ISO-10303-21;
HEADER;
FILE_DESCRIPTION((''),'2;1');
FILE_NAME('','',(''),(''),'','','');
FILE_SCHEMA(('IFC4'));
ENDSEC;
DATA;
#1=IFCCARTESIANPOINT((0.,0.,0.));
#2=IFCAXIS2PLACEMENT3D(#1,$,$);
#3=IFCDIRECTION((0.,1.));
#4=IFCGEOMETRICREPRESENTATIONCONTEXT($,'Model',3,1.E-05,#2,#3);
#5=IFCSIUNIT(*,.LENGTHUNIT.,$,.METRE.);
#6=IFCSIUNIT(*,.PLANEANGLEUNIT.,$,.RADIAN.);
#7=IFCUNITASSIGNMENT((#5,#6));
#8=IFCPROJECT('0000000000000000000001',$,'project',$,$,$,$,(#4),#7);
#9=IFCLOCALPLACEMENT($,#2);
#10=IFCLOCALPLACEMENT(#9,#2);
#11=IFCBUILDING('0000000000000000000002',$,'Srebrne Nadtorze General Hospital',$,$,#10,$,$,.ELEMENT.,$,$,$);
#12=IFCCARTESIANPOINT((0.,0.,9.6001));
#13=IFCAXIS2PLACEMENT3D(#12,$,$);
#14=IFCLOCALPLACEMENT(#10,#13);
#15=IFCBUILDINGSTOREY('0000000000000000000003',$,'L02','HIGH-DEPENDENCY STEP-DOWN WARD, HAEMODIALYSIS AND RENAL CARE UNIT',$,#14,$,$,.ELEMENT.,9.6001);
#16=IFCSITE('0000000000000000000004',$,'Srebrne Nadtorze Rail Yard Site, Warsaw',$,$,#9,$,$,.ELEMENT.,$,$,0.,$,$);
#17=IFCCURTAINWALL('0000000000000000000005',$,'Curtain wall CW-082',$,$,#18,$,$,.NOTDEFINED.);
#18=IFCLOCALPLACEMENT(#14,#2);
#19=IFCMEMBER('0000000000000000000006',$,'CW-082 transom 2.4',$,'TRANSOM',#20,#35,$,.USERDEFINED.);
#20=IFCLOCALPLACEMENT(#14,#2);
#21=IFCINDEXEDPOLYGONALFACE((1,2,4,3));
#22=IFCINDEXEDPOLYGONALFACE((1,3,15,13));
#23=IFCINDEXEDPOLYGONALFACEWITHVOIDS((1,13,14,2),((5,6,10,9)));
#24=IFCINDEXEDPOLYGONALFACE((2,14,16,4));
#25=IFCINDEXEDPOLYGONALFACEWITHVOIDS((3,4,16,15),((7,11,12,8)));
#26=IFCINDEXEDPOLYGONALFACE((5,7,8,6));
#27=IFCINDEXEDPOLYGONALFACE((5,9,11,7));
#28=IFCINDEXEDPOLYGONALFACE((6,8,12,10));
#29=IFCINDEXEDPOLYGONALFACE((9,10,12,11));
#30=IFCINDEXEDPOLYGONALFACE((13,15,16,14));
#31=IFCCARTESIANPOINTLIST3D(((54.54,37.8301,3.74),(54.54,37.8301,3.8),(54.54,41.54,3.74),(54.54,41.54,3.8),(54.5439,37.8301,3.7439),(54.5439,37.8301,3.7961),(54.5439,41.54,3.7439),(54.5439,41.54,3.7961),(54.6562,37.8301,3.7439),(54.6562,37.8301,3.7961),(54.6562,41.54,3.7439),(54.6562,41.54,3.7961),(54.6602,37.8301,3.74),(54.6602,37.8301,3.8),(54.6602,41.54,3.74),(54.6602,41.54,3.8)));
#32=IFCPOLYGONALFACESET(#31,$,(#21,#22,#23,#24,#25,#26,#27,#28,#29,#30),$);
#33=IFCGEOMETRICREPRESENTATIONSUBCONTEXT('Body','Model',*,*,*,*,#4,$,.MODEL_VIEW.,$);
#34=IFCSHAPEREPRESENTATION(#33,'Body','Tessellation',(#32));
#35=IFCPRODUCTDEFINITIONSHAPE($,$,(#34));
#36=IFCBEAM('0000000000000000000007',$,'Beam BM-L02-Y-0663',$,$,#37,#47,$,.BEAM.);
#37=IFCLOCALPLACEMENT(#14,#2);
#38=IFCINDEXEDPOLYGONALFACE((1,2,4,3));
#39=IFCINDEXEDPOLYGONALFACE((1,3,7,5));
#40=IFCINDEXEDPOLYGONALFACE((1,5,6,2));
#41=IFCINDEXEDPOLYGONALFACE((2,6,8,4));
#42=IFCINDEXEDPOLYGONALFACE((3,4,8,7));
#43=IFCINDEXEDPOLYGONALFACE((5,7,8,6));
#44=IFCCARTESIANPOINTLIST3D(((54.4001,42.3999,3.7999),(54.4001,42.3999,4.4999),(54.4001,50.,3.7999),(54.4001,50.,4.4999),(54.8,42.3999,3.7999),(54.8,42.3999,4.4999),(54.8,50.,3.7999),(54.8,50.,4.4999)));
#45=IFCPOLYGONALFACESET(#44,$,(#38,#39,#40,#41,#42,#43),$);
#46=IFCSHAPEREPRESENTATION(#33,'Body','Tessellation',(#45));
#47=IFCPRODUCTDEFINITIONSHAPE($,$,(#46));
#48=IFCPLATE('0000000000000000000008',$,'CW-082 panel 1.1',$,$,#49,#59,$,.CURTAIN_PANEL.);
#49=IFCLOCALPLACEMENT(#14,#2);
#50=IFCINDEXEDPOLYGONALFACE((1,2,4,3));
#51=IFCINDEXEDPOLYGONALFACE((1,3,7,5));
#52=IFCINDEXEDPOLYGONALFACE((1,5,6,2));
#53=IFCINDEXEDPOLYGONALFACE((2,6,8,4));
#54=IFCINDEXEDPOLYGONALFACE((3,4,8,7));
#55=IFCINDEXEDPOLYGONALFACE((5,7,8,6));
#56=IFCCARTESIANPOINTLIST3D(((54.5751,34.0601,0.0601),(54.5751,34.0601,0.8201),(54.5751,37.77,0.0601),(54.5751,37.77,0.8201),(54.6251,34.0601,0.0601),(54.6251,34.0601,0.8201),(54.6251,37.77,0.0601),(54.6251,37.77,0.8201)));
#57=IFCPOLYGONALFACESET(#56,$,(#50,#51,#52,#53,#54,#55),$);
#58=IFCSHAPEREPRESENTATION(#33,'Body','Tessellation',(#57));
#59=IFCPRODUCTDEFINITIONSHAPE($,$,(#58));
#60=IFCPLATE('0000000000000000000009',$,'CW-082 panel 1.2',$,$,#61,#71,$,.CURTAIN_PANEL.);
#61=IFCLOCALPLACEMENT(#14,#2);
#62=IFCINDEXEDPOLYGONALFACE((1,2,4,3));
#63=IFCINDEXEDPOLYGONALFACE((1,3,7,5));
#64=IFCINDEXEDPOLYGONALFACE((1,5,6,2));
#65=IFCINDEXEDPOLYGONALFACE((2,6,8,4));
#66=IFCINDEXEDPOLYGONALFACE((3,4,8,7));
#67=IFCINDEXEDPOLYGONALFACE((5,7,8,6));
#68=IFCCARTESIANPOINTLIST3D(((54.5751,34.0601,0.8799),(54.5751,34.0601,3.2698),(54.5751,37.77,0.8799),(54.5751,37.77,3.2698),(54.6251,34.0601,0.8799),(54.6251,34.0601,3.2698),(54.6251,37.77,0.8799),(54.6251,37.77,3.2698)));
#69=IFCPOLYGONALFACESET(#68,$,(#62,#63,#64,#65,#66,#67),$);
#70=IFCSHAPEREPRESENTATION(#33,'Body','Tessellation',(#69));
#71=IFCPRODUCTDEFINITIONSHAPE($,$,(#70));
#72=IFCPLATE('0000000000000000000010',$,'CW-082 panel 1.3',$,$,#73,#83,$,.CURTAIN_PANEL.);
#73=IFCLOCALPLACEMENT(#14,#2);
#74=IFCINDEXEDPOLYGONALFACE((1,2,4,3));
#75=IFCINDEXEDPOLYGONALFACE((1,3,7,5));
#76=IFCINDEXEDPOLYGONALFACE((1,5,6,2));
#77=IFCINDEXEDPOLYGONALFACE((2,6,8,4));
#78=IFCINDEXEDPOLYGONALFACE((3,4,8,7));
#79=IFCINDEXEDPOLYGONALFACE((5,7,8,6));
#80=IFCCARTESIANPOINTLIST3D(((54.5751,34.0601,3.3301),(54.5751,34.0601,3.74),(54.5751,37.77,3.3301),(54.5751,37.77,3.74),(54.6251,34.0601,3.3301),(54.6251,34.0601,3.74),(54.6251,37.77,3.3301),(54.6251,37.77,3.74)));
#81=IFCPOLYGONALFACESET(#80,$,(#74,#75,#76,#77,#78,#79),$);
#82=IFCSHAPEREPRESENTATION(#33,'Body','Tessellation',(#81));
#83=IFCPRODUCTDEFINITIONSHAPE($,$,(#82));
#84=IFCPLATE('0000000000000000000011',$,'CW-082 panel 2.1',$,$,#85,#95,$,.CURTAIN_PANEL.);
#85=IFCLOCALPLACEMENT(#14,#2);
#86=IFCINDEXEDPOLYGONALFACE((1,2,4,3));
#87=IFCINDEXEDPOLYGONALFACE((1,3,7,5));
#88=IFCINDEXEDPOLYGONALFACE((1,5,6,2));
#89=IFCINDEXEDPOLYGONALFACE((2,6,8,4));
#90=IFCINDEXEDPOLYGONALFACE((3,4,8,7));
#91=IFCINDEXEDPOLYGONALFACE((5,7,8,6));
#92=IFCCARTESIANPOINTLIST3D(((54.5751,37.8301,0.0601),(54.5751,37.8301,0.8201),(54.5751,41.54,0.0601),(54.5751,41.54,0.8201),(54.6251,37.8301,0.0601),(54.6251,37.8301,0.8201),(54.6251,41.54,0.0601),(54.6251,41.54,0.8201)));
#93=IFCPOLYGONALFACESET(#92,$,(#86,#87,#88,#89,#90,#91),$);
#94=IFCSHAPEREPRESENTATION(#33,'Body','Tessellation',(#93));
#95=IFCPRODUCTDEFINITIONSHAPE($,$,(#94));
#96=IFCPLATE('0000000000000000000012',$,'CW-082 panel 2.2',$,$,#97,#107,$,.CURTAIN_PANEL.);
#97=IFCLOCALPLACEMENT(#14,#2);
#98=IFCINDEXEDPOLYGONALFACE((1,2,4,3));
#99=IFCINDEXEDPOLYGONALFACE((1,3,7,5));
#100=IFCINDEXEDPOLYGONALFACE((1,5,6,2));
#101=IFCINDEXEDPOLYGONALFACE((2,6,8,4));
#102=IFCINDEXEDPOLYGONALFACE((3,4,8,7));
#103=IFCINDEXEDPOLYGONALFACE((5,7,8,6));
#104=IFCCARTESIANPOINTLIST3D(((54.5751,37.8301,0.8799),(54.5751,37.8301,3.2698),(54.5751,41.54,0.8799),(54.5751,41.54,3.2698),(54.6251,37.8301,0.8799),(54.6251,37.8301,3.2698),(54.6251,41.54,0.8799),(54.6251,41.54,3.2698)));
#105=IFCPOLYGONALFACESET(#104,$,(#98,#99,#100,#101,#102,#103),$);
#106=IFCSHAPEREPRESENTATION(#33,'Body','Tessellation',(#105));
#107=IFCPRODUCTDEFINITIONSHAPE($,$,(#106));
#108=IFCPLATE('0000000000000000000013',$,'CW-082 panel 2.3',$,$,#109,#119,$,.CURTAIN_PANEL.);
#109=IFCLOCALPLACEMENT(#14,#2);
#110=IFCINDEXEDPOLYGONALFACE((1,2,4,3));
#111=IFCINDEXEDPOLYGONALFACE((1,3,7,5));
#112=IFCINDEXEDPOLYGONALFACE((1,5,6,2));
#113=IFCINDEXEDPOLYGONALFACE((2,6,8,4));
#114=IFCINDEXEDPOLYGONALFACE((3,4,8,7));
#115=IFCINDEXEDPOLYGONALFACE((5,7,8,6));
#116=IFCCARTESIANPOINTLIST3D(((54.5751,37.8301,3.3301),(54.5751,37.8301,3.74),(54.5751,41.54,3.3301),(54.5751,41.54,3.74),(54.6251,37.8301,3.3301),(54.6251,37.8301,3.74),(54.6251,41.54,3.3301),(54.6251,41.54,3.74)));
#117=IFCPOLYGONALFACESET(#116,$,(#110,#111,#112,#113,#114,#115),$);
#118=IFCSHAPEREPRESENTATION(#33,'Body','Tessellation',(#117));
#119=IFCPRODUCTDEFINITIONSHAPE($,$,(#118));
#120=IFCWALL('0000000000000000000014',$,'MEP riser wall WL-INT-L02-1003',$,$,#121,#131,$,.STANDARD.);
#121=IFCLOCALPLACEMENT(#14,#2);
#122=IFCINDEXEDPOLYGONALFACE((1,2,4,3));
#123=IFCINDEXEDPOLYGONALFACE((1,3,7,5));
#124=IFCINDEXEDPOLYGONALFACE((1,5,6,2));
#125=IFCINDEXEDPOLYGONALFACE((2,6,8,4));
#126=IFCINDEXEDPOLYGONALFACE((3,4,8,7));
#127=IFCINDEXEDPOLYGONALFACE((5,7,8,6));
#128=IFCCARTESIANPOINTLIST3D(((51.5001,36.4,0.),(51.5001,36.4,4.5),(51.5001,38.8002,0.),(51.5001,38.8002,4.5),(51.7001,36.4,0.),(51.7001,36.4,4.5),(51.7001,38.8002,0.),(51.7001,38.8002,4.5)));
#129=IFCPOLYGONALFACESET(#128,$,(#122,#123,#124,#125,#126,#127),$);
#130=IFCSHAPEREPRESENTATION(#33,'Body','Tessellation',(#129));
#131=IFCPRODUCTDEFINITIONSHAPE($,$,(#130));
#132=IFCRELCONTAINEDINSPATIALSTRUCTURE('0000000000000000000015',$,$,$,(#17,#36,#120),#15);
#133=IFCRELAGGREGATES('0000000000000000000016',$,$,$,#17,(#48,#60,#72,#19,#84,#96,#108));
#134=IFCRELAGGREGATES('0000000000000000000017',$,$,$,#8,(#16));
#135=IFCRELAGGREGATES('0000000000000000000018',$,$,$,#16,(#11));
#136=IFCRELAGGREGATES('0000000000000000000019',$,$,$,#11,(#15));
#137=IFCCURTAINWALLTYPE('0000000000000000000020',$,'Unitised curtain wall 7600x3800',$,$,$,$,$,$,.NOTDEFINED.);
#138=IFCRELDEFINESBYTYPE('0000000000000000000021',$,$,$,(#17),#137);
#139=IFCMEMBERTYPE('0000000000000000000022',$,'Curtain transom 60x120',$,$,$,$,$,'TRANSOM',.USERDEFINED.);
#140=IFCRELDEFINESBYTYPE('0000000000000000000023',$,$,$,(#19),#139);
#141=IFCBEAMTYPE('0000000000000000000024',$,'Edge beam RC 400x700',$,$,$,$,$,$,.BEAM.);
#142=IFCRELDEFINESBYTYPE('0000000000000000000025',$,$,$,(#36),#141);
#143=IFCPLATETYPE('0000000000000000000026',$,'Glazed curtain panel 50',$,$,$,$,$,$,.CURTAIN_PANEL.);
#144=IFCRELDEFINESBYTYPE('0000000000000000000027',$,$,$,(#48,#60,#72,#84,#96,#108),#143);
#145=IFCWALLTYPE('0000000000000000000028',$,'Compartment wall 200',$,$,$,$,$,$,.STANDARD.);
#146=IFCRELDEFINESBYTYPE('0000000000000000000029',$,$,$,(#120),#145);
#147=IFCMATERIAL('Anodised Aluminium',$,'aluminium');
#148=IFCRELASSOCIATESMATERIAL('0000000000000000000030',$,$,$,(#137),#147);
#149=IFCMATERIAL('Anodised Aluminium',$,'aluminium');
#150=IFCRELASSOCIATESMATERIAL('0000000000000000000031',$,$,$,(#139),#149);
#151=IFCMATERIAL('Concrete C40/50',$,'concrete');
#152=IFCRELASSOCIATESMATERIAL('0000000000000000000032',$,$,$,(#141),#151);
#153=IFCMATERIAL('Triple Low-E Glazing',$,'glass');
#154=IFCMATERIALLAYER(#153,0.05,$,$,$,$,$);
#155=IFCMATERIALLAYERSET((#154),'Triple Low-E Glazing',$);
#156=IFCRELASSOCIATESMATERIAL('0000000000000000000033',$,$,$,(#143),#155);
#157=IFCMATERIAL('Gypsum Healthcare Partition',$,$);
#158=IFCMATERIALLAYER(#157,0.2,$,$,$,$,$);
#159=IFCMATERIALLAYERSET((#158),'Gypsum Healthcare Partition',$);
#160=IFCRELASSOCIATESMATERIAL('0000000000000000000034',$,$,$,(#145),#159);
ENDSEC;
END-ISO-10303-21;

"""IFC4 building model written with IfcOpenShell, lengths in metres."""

from ifc_helpers import new_model, si_unit, direction, frame, frame_2d, origin, origin_2d, place, context, subcontext, project, spatial, rectangle, hollow_rectangle, extrude, material, layer, layer_set, material_profile, profile_set, type_object, element, aggregate, save


model = new_model("IFC4")

# Units and contexts
model_context = context("Model", 3, precision=1e-05, world=origin(), true_north=direction((0.0, 1.0)))
body_context = subcontext(model_context, "Body", "Model", "MODEL_VIEW")
ifc_project = project(units=[si_unit("LENGTHUNIT", "METRE"), si_unit("PLANEANGLEUNIT", "RADIAN")], contexts=[model_context])

# Site, building, storey
site_placement = place(None, origin())
site = spatial("IfcSite", under=ifc_project, at=site_placement, Name="Srebrne Nadtorze Rail Yard Site, Warsaw", CompositionType="ELEMENT", RefElevation=0.0)
building_placement = place(site_placement, origin())
building = spatial("IfcBuilding", under=site, at=building_placement, Name="Srebrne Nadtorze General Hospital", CompositionType="ELEMENT")
storey_placement = place(building_placement, frame((0.0, 0.0, 9.6001)))
storey = spatial("IfcBuildingStorey", under=building, at=storey_placement, Name="L02", Description="HIGH-DEPENDENCY STEP-DOWN WARD, HAEMODIALYSIS AND RENAL CARE UNIT", CompositionType="ELEMENT", Elevation=9.6001)

# Curtain wall
ifc_material_1 = material(Name="Anodised Aluminium", Category="aluminium")
curtain_wall_type = type_object("IfcCurtainWallType", Name="Unitised curtain wall 7600x3800", PredefinedType="NOTDEFINED", material=ifc_material_1)
curtain_wall_1_placement = place(storey_placement, origin())
curtain_wall_1 = element("IfcCurtainWall", 1, at=curtain_wall_1_placement, inside=storey, type_object=curtain_wall_type, Name="Curtain wall CW-082", PredefinedType="NOTDEFINED")

# Member
ifc_material_2 = material(Name="Anodised Aluminium", Category="aluminium")
ifc_material_profile_1 = material_profile(ifc_material_2, hollow_rectangle(XDim=0.0601, YDim=0.1201, WallThickness=0.0039, at=origin_2d()), Name="AL-TRN-60x120")
ifc_profile_set_1 = profile_set([ifc_material_profile_1], Name="Anodised Aluminium")
member_type_1 = type_object("IfcMemberType", Name="Curtain transom 60x120", ElementType="TRANSOM", PredefinedType="USERDEFINED", material=ifc_profile_set_1)
member_1_placement = place(storey_placement, frame((54.6001, 37.8301, 3.77), z_axis=(0.0, 1.0, 0.0), x_axis=(0.0, 0.0, 1.0)))
member_1 = element("IfcMember", 2, at=member_1_placement, type_object=member_type_1, Name="CW-082 transom 2.4", ObjectType="TRANSOM", PredefinedType="USERDEFINED", context=body_context, shape_type="SweptSolid", body=[
    extrude(hollow_rectangle(XDim=0.0601, YDim=0.1201, WallThickness=0.0039, at=origin_2d()), origin(), (0.0, 0.0, 1.0), 3.71),
])

# Beam
ifc_material_3 = material(Name="Concrete C40/50", Category="concrete")
ifc_material_profile_2 = material_profile(ifc_material_3, rectangle(XDim=0.3999, YDim=0.7, at=origin_2d()), Name="RC-BM-400x700")
ifc_profile_set_2 = profile_set([ifc_material_profile_2], Name="Concrete C40/50")
beam_type = type_object("IfcBeamType", Name="Edge beam RC 400x700", PredefinedType="BEAM", material=ifc_profile_set_2)
beam_placement = place(storey_placement, frame((54.6001, 42.3999, 4.1499), z_axis=(0.0, 1.0, 0.0), x_axis=(-1.0, 0.0, 0.0)))
element("IfcBeam", 3, at=beam_placement, inside=storey, type_object=beam_type, Name="Beam BM-L02-Y-0663", PredefinedType="BEAM", context=body_context, shape_type="SweptSolid", body=[
    extrude(rectangle(XDim=0.3999, YDim=0.7, at=origin_2d()), origin(), (0.0, 0.0, 1.0), 7.6001),
])

# Plates
ifc_material_4 = material(Name="Triple Low-E Glazing", Category="glass")
ifc_layer_1 = layer(ifc_material_4, 0.05)
ifc_layer_set_1 = layer_set([ifc_layer_1], Name="Triple Low-E Glazing")
plate_type = type_object("IfcPlateType", Name="Glazed curtain panel 50", PredefinedType="CURTAIN_PANEL", material=ifc_layer_set_1)
plate_1_placement = place(storey_placement, frame((54.6001, 35.915, 0.0601), z_axis=(0.0, 0.0, 1.0), x_axis=(0.0, 1.0, 0.0)))
plate_1 = element("IfcPlate", 4, at=plate_1_placement, type_object=plate_type, Name="CW-082 panel 1.1", PredefinedType="CURTAIN_PANEL", context=body_context, shape_type="SweptSolid", body=[
    extrude(rectangle(XDim=3.71, YDim=0.05, at=origin_2d()), origin(), (0.0, 0.0, 1.0), 0.76),
])
plate_2_placement = place(storey_placement, frame((54.6001, 35.915, 0.8799), z_axis=(0.0, 0.0, 1.0), x_axis=(0.0, 1.0, 0.0)))
plate_2 = element("IfcPlate", 5, at=plate_2_placement, type_object=plate_type, Name="CW-082 panel 1.2", PredefinedType="CURTAIN_PANEL", context=body_context, shape_type="SweptSolid", body=[
    extrude(rectangle(XDim=3.71, YDim=0.05, at=origin_2d()), origin(), (0.0, 0.0, 1.0), 2.3899),
])
plate_3_placement = place(storey_placement, frame((54.6001, 35.915, 3.3301), z_axis=(0.0, 0.0, 1.0), x_axis=(0.0, 1.0, 0.0)))
plate_3 = element("IfcPlate", 6, at=plate_3_placement, type_object=plate_type, Name="CW-082 panel 1.3", PredefinedType="CURTAIN_PANEL", context=body_context, shape_type="SweptSolid", body=[
    extrude(rectangle(XDim=3.71, YDim=0.05, at=origin_2d()), origin(), (0.0, 0.0, 1.0), 0.4099),
])
plate_4_placement = place(storey_placement, frame((54.6001, 39.6851, 0.0601), z_axis=(0.0, 0.0, 1.0), x_axis=(0.0, 1.0, 0.0)))
plate_4 = element("IfcPlate", 7, at=plate_4_placement, type_object=plate_type, Name="CW-082 panel 2.1", PredefinedType="CURTAIN_PANEL", context=body_context, shape_type="SweptSolid", body=[
    extrude(rectangle(XDim=3.71, YDim=0.05, at=origin_2d()), origin(), (0.0, 0.0, 1.0), 0.76),
])
plate_5_placement = place(storey_placement, frame((54.6001, 39.6851, 0.8799), z_axis=(0.0, 0.0, 1.0), x_axis=(0.0, 1.0, 0.0)))
plate_5 = element("IfcPlate", 8, at=plate_5_placement, type_object=plate_type, Name="CW-082 panel 2.2", PredefinedType="CURTAIN_PANEL", context=body_context, shape_type="SweptSolid", body=[
    extrude(rectangle(XDim=3.71, YDim=0.05, at=origin_2d()), origin(), (0.0, 0.0, 1.0), 2.3899),
])
plate_6_placement = place(storey_placement, frame((54.6001, 39.6851, 3.3301), z_axis=(0.0, 0.0, 1.0), x_axis=(0.0, 1.0, 0.0)))
plate_6 = element("IfcPlate", 9, at=plate_6_placement, type_object=plate_type, Name="CW-082 panel 2.3", PredefinedType="CURTAIN_PANEL", context=body_context, shape_type="SweptSolid", body=[
    extrude(rectangle(XDim=3.71, YDim=0.05, at=origin_2d()), origin(), (0.0, 0.0, 1.0), 0.4099),
])
aggregate(curtain_wall_1, [plate_1, plate_2, plate_3, member_1, plate_4, plate_5, plate_6])

# Wall
ifc_material_5 = material(Name="Gypsum Healthcare Partition")
ifc_layer_2 = layer(ifc_material_5, 0.2)
ifc_layer_set_2 = layer_set([ifc_layer_2], Name="Gypsum Healthcare Partition")
wall_type = type_object("IfcWallType", Name="Compartment wall 200", PredefinedType="STANDARD", material=ifc_layer_set_2)
wall_placement = place(storey_placement, frame((51.6001, 36.3999, 0.0), z_axis=(0.0, 0.0, 1.0), x_axis=(0.0, 1.0, 0.0)))
element("IfcWall", 10, at=wall_placement, inside=storey, type_object=wall_type, Name="MEP riser wall WL-INT-L02-1003", PredefinedType="STANDARD", context=body_context, shape_type="SweptSolid", body=[
    extrude(rectangle(XDim=2.4001, YDim=0.2, at=frame_2d((1.2002, 0.0))), origin(), (0.0, 0.0, 1.0), 4.5),
])

save(model, "model.ifc")
